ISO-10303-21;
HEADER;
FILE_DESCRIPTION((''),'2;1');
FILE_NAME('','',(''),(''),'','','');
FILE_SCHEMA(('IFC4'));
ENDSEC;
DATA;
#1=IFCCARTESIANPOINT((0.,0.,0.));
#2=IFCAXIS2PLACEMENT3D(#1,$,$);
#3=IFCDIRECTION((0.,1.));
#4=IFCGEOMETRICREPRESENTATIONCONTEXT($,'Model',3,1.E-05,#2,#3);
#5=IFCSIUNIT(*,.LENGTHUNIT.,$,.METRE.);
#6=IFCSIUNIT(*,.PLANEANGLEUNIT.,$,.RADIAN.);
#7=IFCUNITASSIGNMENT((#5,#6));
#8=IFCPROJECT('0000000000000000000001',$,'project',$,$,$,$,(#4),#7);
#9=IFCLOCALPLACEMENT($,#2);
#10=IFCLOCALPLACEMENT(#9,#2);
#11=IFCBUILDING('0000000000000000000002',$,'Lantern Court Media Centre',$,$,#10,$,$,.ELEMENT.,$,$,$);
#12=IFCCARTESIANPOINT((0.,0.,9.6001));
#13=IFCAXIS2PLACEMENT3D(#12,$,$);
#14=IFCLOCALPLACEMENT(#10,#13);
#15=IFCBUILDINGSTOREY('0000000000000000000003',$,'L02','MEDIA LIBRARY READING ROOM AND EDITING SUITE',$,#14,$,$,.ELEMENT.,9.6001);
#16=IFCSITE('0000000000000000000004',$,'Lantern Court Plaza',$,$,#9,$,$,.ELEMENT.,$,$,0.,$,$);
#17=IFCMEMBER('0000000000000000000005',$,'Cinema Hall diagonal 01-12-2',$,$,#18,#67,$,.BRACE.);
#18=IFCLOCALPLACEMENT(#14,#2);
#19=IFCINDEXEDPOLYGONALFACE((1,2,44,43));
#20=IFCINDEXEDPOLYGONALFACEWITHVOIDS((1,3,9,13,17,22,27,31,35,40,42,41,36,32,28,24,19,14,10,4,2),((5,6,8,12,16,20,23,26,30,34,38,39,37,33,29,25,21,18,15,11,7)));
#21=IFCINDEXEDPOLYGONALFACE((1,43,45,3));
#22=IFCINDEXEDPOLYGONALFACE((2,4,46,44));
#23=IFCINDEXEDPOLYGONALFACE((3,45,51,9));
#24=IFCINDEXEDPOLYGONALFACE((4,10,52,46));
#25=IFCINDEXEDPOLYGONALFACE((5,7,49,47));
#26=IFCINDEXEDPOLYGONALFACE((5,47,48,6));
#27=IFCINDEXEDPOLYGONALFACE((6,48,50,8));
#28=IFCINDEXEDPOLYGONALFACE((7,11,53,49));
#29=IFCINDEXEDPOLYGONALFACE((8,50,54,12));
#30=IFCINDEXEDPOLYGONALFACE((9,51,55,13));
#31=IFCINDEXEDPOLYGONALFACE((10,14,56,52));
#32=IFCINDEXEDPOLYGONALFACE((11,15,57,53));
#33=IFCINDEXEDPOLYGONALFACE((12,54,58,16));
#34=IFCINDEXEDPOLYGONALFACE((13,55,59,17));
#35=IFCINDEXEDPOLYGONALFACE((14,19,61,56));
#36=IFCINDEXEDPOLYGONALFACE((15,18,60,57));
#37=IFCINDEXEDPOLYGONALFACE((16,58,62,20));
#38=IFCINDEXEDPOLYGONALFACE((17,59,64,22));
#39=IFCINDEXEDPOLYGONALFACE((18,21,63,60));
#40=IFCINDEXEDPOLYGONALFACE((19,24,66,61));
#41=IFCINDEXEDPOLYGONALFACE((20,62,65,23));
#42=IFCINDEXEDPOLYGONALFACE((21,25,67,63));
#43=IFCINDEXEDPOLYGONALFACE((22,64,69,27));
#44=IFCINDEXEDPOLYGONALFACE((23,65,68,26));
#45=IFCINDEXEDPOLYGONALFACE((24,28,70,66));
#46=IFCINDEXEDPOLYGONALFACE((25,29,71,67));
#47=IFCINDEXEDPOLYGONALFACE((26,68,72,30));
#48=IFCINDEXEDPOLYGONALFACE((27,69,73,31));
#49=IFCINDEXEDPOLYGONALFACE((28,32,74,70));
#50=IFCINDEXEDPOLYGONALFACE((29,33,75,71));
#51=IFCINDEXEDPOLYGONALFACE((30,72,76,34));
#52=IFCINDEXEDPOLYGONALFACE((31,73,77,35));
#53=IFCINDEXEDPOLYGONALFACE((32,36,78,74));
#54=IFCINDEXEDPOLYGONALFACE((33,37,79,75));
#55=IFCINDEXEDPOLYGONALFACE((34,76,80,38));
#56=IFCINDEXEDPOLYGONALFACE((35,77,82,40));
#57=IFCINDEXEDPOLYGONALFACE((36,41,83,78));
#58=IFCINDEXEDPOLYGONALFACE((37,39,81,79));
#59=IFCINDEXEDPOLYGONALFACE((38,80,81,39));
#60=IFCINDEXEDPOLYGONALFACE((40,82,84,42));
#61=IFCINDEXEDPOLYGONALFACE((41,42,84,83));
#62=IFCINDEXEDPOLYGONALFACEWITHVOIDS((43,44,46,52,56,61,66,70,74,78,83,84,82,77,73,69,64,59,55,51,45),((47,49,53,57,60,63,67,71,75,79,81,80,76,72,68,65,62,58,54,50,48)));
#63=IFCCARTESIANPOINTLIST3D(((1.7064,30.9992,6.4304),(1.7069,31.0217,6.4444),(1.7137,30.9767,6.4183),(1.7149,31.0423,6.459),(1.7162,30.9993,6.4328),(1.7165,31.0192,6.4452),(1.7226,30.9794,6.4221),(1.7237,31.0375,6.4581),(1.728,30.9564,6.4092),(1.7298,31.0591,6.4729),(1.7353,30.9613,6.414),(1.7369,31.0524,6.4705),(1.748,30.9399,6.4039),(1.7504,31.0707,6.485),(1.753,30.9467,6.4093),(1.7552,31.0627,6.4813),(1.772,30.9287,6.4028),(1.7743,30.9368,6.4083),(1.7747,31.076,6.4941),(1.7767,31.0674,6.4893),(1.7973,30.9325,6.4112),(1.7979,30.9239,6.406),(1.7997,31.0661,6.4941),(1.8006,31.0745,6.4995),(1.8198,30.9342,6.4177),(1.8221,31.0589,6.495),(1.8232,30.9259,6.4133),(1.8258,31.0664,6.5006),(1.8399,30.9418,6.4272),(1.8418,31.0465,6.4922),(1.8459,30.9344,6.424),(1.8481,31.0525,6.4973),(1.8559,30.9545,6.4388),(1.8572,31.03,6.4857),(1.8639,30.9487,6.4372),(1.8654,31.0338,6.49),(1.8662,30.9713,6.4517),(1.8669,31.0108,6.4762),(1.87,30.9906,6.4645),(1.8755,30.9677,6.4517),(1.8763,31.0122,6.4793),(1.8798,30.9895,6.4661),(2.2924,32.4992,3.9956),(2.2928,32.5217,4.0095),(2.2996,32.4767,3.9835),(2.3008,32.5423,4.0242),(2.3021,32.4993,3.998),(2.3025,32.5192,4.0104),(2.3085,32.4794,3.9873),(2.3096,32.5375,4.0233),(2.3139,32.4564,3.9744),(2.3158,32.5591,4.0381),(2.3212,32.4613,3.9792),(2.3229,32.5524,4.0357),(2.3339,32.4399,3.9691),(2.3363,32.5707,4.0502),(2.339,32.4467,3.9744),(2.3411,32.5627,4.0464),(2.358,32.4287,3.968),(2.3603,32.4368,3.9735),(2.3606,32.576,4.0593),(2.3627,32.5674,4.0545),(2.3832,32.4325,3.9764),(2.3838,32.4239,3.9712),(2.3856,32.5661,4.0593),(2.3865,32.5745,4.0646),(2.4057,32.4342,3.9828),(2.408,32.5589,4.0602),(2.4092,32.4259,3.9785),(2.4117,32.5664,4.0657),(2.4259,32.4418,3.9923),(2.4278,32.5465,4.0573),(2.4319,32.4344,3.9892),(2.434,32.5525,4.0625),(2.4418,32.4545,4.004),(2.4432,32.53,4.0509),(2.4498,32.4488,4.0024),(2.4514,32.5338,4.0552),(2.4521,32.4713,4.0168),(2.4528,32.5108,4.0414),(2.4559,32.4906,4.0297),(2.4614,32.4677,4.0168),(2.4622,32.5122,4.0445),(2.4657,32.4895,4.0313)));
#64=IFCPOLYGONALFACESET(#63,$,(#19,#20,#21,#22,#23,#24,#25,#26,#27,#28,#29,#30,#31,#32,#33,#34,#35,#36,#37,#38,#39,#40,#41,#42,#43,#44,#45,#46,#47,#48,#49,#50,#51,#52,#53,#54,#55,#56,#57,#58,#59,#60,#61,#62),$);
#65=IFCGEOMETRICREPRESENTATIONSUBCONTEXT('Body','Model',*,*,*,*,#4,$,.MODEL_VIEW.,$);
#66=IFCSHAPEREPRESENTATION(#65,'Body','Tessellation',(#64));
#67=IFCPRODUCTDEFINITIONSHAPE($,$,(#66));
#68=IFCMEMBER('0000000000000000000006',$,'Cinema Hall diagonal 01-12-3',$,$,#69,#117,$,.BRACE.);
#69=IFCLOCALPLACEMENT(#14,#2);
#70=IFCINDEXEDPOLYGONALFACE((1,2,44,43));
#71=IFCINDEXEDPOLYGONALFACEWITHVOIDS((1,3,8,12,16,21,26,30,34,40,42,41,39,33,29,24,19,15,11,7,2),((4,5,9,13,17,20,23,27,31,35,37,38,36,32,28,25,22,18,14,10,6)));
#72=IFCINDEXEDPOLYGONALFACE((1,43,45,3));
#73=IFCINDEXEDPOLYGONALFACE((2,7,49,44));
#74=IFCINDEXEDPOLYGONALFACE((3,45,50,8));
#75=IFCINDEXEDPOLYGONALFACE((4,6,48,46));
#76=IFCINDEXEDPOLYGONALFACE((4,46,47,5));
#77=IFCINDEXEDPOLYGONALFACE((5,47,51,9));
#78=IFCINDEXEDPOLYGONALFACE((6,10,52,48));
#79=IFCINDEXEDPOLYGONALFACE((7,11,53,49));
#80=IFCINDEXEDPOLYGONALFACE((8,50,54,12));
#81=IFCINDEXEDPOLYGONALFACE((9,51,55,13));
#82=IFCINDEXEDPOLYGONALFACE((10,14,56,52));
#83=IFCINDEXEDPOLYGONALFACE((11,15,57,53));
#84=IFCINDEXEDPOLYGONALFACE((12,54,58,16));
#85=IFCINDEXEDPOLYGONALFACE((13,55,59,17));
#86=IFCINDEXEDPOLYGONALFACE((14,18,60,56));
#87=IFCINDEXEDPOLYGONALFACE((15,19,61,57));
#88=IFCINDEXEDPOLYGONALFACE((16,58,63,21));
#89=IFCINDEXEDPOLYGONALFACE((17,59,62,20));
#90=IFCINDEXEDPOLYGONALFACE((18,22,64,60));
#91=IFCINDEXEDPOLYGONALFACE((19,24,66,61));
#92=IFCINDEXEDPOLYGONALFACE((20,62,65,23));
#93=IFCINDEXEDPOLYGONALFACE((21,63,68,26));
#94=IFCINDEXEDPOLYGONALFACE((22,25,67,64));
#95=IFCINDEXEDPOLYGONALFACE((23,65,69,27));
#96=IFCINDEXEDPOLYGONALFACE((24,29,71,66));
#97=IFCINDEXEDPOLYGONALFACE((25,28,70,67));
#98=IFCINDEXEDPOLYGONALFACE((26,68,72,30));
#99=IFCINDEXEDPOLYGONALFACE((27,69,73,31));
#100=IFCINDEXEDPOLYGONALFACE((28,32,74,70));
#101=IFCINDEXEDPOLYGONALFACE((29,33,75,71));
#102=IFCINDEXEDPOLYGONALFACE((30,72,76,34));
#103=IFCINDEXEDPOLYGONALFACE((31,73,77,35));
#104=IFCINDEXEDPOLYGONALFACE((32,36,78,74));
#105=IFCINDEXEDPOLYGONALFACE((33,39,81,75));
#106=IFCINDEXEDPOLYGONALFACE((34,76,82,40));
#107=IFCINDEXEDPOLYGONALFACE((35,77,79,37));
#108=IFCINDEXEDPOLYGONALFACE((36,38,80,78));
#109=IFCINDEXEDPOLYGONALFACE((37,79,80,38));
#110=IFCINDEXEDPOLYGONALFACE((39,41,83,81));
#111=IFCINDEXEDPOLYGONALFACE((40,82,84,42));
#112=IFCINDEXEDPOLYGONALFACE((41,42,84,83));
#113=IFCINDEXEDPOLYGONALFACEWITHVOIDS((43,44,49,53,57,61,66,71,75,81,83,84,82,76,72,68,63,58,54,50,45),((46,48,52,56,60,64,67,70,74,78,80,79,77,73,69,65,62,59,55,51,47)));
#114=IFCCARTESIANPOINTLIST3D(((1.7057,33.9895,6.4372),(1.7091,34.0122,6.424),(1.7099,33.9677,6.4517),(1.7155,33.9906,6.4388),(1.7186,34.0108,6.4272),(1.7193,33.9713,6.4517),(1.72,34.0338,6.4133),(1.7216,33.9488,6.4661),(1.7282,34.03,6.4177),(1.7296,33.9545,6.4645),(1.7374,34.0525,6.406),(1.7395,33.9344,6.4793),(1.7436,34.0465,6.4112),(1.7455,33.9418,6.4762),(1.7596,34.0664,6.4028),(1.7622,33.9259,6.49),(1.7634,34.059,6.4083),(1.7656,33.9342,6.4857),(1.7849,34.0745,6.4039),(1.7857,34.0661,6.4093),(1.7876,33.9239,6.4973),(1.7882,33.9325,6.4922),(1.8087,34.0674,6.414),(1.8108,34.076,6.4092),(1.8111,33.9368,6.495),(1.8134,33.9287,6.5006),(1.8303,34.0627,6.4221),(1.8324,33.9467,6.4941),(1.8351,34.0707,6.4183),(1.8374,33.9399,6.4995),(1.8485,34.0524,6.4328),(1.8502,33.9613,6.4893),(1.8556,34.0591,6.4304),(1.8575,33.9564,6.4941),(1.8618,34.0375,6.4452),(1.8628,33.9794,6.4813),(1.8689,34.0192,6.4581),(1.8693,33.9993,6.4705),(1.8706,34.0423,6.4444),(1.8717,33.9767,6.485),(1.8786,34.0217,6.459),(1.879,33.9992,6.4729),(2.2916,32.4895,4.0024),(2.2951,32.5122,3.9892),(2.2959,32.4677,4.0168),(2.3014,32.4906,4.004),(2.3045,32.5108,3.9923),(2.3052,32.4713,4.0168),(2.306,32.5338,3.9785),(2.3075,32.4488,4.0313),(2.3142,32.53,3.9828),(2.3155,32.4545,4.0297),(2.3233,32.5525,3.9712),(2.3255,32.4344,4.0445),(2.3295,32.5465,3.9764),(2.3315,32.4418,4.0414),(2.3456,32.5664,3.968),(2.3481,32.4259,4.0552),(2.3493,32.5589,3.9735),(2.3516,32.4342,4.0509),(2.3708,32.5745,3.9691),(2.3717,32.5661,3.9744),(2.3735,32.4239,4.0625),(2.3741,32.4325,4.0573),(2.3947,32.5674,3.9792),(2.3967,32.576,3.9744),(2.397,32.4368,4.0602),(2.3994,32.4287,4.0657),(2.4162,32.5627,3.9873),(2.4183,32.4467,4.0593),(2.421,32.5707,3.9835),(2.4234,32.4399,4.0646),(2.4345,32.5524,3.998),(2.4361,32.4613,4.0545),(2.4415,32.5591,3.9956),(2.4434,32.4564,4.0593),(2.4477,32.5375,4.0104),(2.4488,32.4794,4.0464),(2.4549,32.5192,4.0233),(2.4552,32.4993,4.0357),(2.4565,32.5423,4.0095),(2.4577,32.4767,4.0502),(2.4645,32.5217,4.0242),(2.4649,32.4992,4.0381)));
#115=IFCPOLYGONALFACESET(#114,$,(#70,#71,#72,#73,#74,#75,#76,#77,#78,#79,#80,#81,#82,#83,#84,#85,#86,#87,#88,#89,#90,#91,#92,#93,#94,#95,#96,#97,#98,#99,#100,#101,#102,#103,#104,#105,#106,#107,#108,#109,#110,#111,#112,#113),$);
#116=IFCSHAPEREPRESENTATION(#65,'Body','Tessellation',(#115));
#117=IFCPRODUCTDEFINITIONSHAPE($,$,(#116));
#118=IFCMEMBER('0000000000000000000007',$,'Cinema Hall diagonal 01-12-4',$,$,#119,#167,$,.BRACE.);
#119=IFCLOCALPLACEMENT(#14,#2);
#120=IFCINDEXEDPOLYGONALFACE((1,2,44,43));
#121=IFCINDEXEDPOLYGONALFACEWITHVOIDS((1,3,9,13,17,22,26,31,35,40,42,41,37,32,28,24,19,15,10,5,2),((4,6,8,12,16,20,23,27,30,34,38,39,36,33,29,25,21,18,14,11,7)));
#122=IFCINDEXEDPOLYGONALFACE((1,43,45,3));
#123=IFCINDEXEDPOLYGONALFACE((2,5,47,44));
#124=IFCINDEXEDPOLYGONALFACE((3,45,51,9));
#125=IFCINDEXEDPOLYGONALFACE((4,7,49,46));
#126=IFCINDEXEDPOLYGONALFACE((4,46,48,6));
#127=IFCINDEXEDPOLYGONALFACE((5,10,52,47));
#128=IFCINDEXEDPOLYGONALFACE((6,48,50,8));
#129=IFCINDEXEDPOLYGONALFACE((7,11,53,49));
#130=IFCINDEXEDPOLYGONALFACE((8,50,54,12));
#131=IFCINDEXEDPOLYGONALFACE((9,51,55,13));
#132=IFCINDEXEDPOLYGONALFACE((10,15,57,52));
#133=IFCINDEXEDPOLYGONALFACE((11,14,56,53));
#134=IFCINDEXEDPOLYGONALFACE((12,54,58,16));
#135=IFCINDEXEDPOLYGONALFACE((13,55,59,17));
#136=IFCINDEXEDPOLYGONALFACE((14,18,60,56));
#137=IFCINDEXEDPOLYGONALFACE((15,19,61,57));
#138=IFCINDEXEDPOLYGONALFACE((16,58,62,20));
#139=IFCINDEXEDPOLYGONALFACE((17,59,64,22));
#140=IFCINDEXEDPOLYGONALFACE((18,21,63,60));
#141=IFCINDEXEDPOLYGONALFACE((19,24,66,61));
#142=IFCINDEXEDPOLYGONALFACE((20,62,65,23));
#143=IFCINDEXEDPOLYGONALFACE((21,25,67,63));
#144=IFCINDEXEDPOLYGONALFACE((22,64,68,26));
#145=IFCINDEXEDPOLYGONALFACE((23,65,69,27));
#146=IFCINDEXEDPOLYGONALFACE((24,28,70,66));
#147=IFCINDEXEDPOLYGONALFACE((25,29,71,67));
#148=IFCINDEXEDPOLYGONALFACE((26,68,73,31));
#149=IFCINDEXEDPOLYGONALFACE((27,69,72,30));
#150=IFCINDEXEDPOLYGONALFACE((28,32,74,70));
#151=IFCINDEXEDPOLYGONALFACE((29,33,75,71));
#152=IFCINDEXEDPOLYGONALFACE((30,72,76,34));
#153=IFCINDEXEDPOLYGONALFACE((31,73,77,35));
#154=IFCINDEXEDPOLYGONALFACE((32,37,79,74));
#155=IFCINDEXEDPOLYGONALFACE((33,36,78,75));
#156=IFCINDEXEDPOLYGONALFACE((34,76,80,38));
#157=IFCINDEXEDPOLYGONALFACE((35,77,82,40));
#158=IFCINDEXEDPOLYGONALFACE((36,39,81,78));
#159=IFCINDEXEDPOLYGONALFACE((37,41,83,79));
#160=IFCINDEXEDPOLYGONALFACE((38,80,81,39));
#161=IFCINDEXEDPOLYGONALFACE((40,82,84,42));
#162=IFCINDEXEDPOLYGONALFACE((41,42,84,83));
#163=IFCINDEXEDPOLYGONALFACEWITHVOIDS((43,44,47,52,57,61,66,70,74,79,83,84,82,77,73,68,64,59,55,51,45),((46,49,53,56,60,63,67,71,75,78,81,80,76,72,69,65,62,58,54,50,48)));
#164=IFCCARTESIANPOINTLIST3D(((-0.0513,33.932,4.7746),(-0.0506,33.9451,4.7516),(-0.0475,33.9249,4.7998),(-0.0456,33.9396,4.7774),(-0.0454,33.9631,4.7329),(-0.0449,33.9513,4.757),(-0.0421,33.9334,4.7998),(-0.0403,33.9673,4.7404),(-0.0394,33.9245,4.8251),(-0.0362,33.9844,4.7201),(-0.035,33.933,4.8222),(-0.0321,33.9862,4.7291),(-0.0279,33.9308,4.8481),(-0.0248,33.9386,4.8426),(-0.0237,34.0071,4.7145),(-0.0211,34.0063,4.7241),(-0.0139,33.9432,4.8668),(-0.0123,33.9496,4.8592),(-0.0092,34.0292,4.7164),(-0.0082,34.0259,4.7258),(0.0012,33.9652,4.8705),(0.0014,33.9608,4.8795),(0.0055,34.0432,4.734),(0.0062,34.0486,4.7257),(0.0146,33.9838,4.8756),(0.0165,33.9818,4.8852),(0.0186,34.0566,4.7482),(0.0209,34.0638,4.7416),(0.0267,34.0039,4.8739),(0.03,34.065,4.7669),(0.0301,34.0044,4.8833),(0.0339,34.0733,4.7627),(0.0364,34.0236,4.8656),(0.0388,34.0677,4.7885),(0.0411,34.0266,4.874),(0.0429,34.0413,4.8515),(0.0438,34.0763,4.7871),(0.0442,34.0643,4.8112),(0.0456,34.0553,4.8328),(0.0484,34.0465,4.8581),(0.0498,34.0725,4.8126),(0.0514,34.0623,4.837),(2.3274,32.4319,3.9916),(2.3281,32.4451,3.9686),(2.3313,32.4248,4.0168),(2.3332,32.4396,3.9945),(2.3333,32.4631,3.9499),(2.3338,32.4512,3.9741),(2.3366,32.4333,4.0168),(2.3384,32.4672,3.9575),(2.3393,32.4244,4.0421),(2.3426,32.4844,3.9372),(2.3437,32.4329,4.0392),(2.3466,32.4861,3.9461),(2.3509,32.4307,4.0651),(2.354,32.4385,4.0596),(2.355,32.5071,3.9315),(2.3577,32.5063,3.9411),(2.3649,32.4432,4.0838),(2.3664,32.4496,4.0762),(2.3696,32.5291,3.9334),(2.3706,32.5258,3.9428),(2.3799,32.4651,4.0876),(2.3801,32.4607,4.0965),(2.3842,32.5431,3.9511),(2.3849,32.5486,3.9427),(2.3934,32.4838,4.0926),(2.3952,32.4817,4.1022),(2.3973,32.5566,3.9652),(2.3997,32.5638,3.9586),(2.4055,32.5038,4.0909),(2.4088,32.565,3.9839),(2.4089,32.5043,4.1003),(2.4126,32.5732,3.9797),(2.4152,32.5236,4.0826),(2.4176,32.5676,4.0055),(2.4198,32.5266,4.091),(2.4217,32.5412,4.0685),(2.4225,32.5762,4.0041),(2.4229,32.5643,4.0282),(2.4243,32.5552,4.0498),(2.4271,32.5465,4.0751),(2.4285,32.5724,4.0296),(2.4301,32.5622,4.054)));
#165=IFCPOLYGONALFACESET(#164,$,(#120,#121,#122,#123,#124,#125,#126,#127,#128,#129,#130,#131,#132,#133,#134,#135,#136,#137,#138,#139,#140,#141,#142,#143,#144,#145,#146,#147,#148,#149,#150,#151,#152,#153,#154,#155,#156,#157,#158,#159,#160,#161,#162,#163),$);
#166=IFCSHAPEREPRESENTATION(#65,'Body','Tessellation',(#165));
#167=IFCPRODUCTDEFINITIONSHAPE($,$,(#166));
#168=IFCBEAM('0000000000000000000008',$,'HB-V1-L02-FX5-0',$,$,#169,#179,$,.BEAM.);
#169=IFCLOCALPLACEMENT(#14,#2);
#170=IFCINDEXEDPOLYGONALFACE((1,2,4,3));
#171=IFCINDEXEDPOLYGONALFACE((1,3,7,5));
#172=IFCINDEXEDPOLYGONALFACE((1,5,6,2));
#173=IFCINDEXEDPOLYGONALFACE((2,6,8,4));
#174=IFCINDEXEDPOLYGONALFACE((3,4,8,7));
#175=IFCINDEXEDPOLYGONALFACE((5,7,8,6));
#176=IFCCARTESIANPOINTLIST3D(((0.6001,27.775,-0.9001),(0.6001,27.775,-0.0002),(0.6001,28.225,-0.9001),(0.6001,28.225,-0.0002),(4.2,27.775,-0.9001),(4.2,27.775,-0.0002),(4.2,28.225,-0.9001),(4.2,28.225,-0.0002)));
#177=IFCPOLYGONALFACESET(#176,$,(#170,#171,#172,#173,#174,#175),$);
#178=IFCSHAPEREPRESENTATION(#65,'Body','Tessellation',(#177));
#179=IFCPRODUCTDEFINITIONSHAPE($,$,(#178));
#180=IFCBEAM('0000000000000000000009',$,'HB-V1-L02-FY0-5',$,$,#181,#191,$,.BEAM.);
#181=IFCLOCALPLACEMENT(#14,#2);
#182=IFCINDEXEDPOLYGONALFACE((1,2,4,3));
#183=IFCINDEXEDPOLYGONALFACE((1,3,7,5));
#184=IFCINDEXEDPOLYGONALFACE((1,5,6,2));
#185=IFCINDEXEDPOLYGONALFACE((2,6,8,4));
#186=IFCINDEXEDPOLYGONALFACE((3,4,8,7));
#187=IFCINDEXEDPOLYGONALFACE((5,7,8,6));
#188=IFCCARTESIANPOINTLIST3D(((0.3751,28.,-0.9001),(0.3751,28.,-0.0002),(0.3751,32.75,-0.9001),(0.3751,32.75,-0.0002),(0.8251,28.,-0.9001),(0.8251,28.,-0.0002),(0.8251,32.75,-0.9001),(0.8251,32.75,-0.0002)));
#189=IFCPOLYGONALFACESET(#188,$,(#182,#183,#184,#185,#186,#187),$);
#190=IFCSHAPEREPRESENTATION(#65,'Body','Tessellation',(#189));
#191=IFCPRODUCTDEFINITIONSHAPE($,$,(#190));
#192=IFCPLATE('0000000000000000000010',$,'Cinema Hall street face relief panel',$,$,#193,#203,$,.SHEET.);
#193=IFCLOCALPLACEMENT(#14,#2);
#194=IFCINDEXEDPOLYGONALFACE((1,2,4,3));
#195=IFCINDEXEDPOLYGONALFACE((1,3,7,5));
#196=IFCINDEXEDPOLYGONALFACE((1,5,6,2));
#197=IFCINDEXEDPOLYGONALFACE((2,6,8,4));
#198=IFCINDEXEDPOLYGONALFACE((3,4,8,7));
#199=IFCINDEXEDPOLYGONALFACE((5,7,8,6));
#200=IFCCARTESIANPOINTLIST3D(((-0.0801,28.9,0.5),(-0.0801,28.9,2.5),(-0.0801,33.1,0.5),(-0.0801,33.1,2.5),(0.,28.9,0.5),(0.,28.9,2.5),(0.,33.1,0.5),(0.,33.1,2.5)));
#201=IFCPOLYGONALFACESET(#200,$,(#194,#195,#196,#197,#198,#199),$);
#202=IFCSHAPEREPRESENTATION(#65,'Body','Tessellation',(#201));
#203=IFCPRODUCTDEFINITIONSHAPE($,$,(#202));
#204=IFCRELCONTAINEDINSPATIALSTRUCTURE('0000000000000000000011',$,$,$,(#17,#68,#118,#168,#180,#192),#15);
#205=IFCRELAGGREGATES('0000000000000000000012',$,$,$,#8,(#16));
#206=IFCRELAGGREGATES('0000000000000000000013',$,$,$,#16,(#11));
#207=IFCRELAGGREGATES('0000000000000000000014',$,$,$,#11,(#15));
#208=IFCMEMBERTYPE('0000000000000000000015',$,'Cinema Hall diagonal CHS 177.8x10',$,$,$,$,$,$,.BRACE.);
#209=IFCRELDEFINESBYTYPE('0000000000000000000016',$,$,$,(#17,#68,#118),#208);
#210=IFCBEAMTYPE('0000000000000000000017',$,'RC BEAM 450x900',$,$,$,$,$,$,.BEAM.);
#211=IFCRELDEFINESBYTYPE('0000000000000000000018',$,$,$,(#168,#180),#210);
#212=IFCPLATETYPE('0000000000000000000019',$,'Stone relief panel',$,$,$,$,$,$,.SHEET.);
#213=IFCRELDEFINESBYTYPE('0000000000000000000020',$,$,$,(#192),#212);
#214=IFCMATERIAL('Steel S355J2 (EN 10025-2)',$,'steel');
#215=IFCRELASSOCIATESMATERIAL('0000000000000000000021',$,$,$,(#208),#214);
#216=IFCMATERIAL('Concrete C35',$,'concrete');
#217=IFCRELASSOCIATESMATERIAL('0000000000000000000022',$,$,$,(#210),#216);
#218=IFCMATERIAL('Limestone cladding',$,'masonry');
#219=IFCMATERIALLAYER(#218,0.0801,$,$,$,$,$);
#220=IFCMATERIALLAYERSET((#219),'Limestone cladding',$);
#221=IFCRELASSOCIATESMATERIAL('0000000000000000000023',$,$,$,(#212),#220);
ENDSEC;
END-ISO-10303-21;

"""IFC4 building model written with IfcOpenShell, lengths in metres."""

from ifc_helpers import new_model, si_unit, direction, frame, origin, origin_2d, place, context, subcontext, project, spatial, rectangle, hollow_circle, extrude, material, layer, layer_set, material_profile, profile_set, type_object, element, save


model = new_model("IFC4")

# Units and contexts
model_context = context("Model", 3, precision=1e-05, world=origin(), true_north=direction((0.0, 1.0)))
body_context = subcontext(model_context, "Body", "Model", "MODEL_VIEW")
ifc_project = project(units=[si_unit("LENGTHUNIT", "METRE"), si_unit("PLANEANGLEUNIT", "RADIAN")], contexts=[model_context])

# Site, building, storey
site_placement = place(None, origin())
site = spatial("IfcSite", under=ifc_project, at=site_placement, Name="Lantern Court Plaza", CompositionType="ELEMENT", RefElevation=0.0)
building_placement = place(site_placement, origin())
building = spatial("IfcBuilding", under=site, at=building_placement, Name="Lantern Court Media Centre", CompositionType="ELEMENT")
storey_placement = place(building_placement, frame((0.0, 0.0, 9.6001)))
storey = spatial("IfcBuildingStorey", under=building, at=storey_placement, Name="L02", Description="MEDIA LIBRARY READING ROOM AND EDITING SUITE", CompositionType="ELEMENT", Elevation=9.6001)

# Shared definitions
ifc_material_1 = material(Name="Steel S355J2 (EN 10025-2)", Category="steel")
ifc_material_2 = material(Name="Concrete C35", Category="concrete")

# Members
ifc_material_profile_1 = material_profile(ifc_material_1, hollow_circle(Radius=0.0889, WallThickness=0.01, at=origin_2d()), Name="Cinema Hall diagonal CHS 177.8x10")
ifc_profile_set_1 = profile_set([ifc_material_profile_1], Name="Steel S355J2 (EN 10025-2)")
member_type_1 = type_object("IfcMemberType", Name="Cinema Hall diagonal CHS 177.8x10", PredefinedType="BRACE", material=ifc_profile_set_1)
for number, where, z_axis, x_axis, name in (
    (1, (2.3787, 32.5, 4.0168), (-0.20072, -0.513842, 0.834073), (0.931457, -0.363851, 0.0), "Cinema Hall diagonal 01-12-2"),
    (2, (2.3787, 32.5, 4.0168), (-0.20072, 0.513842, 0.834073), (-0.931457, -0.363851, 0.0), "Cinema Hall diagonal 01-12-3"),
    (3, (2.3787, 32.5, 4.0168), (-0.814866, 0.51386, 0.268221), (-0.533405, -0.84586, 0.0), "Cinema Hall diagonal 01-12-4"),
):
    element("IfcMember", number, at=place(storey_placement, frame(where, z_axis=z_axis, x_axis=x_axis)), inside=storey, type_object=member_type_1, Name=name, PredefinedType="BRACE", context=body_context, shape_type="SweptSolid", body=[
        extrude(hollow_circle(Radius=0.0889, WallThickness=0.01, at=origin_2d()), origin(), (0.0, 0.0, 1.0), 2.9192),
    ])

# Beams
ifc_material_profile_2 = material_profile(ifc_material_2, rectangle(XDim=0.45, YDim=0.8999, at=origin_2d()), Name="RC 450x900")
ifc_profile_set_2 = profile_set([ifc_material_profile_2], Name="Concrete C35")
beam_type = type_object("IfcBeamType", Name="RC BEAM 450x900", PredefinedType="BEAM", material=ifc_profile_set_2)
beam_1_placement = place(storey_placement, frame((0.6001, 28.0, -0.4502), z_axis=(1.0, 0.0, 0.0), x_axis=(0.0, 1.0, 0.0)))
element("IfcBeam", 4, at=beam_1_placement, inside=storey, type_object=beam_type, Name="HB-V1-L02-FX5-0", PredefinedType="BEAM", context=body_context, shape_type="SweptSolid", body=[
    extrude(rectangle(XDim=0.45, YDim=0.8999, at=origin_2d()), origin(), (0.0, 0.0, 1.0), 3.5999),
])
beam_2_placement = place(storey_placement, frame((0.6001, 28.0, -0.4502), z_axis=(0.0, 1.0, 0.0), x_axis=(-1.0, 0.0, 0.0)))
element("IfcBeam", 5, at=beam_2_placement, inside=storey, type_object=beam_type, Name="HB-V1-L02-FY0-5", PredefinedType="BEAM", context=body_context, shape_type="SweptSolid", body=[
    extrude(rectangle(XDim=0.45, YDim=0.8999, at=origin_2d()), origin(), (0.0, 0.0, 1.0), 4.75),
])

# Plate
ifc_material_3 = material(Name="Limestone cladding", Category="masonry")
ifc_layer_1 = layer(ifc_material_3, 0.0801)
ifc_layer_set_1 = layer_set([ifc_layer_1], Name="Limestone cladding")
plate_type = type_object("IfcPlateType", Name="Stone relief panel", PredefinedType="SHEET", material=ifc_layer_set_1)
plate_1_placement = place(storey_placement, frame((-0.04, 31.0, 0.5), z_axis=(0.0, 0.0, 1.0), x_axis=(1.0, 0.0, 0.0)))
element("IfcPlate", 6, at=plate_1_placement, inside=storey, type_object=plate_type, Name="Cinema Hall street face relief panel", PredefinedType="SHEET", context=body_context, shape_type="SweptSolid", body=[
    extrude(rectangle(XDim=0.0801, YDim=4.2, at=origin_2d()), origin(), (0.0, 0.0, 1.0), 2.0),
])

save(model, "model.ifc")
